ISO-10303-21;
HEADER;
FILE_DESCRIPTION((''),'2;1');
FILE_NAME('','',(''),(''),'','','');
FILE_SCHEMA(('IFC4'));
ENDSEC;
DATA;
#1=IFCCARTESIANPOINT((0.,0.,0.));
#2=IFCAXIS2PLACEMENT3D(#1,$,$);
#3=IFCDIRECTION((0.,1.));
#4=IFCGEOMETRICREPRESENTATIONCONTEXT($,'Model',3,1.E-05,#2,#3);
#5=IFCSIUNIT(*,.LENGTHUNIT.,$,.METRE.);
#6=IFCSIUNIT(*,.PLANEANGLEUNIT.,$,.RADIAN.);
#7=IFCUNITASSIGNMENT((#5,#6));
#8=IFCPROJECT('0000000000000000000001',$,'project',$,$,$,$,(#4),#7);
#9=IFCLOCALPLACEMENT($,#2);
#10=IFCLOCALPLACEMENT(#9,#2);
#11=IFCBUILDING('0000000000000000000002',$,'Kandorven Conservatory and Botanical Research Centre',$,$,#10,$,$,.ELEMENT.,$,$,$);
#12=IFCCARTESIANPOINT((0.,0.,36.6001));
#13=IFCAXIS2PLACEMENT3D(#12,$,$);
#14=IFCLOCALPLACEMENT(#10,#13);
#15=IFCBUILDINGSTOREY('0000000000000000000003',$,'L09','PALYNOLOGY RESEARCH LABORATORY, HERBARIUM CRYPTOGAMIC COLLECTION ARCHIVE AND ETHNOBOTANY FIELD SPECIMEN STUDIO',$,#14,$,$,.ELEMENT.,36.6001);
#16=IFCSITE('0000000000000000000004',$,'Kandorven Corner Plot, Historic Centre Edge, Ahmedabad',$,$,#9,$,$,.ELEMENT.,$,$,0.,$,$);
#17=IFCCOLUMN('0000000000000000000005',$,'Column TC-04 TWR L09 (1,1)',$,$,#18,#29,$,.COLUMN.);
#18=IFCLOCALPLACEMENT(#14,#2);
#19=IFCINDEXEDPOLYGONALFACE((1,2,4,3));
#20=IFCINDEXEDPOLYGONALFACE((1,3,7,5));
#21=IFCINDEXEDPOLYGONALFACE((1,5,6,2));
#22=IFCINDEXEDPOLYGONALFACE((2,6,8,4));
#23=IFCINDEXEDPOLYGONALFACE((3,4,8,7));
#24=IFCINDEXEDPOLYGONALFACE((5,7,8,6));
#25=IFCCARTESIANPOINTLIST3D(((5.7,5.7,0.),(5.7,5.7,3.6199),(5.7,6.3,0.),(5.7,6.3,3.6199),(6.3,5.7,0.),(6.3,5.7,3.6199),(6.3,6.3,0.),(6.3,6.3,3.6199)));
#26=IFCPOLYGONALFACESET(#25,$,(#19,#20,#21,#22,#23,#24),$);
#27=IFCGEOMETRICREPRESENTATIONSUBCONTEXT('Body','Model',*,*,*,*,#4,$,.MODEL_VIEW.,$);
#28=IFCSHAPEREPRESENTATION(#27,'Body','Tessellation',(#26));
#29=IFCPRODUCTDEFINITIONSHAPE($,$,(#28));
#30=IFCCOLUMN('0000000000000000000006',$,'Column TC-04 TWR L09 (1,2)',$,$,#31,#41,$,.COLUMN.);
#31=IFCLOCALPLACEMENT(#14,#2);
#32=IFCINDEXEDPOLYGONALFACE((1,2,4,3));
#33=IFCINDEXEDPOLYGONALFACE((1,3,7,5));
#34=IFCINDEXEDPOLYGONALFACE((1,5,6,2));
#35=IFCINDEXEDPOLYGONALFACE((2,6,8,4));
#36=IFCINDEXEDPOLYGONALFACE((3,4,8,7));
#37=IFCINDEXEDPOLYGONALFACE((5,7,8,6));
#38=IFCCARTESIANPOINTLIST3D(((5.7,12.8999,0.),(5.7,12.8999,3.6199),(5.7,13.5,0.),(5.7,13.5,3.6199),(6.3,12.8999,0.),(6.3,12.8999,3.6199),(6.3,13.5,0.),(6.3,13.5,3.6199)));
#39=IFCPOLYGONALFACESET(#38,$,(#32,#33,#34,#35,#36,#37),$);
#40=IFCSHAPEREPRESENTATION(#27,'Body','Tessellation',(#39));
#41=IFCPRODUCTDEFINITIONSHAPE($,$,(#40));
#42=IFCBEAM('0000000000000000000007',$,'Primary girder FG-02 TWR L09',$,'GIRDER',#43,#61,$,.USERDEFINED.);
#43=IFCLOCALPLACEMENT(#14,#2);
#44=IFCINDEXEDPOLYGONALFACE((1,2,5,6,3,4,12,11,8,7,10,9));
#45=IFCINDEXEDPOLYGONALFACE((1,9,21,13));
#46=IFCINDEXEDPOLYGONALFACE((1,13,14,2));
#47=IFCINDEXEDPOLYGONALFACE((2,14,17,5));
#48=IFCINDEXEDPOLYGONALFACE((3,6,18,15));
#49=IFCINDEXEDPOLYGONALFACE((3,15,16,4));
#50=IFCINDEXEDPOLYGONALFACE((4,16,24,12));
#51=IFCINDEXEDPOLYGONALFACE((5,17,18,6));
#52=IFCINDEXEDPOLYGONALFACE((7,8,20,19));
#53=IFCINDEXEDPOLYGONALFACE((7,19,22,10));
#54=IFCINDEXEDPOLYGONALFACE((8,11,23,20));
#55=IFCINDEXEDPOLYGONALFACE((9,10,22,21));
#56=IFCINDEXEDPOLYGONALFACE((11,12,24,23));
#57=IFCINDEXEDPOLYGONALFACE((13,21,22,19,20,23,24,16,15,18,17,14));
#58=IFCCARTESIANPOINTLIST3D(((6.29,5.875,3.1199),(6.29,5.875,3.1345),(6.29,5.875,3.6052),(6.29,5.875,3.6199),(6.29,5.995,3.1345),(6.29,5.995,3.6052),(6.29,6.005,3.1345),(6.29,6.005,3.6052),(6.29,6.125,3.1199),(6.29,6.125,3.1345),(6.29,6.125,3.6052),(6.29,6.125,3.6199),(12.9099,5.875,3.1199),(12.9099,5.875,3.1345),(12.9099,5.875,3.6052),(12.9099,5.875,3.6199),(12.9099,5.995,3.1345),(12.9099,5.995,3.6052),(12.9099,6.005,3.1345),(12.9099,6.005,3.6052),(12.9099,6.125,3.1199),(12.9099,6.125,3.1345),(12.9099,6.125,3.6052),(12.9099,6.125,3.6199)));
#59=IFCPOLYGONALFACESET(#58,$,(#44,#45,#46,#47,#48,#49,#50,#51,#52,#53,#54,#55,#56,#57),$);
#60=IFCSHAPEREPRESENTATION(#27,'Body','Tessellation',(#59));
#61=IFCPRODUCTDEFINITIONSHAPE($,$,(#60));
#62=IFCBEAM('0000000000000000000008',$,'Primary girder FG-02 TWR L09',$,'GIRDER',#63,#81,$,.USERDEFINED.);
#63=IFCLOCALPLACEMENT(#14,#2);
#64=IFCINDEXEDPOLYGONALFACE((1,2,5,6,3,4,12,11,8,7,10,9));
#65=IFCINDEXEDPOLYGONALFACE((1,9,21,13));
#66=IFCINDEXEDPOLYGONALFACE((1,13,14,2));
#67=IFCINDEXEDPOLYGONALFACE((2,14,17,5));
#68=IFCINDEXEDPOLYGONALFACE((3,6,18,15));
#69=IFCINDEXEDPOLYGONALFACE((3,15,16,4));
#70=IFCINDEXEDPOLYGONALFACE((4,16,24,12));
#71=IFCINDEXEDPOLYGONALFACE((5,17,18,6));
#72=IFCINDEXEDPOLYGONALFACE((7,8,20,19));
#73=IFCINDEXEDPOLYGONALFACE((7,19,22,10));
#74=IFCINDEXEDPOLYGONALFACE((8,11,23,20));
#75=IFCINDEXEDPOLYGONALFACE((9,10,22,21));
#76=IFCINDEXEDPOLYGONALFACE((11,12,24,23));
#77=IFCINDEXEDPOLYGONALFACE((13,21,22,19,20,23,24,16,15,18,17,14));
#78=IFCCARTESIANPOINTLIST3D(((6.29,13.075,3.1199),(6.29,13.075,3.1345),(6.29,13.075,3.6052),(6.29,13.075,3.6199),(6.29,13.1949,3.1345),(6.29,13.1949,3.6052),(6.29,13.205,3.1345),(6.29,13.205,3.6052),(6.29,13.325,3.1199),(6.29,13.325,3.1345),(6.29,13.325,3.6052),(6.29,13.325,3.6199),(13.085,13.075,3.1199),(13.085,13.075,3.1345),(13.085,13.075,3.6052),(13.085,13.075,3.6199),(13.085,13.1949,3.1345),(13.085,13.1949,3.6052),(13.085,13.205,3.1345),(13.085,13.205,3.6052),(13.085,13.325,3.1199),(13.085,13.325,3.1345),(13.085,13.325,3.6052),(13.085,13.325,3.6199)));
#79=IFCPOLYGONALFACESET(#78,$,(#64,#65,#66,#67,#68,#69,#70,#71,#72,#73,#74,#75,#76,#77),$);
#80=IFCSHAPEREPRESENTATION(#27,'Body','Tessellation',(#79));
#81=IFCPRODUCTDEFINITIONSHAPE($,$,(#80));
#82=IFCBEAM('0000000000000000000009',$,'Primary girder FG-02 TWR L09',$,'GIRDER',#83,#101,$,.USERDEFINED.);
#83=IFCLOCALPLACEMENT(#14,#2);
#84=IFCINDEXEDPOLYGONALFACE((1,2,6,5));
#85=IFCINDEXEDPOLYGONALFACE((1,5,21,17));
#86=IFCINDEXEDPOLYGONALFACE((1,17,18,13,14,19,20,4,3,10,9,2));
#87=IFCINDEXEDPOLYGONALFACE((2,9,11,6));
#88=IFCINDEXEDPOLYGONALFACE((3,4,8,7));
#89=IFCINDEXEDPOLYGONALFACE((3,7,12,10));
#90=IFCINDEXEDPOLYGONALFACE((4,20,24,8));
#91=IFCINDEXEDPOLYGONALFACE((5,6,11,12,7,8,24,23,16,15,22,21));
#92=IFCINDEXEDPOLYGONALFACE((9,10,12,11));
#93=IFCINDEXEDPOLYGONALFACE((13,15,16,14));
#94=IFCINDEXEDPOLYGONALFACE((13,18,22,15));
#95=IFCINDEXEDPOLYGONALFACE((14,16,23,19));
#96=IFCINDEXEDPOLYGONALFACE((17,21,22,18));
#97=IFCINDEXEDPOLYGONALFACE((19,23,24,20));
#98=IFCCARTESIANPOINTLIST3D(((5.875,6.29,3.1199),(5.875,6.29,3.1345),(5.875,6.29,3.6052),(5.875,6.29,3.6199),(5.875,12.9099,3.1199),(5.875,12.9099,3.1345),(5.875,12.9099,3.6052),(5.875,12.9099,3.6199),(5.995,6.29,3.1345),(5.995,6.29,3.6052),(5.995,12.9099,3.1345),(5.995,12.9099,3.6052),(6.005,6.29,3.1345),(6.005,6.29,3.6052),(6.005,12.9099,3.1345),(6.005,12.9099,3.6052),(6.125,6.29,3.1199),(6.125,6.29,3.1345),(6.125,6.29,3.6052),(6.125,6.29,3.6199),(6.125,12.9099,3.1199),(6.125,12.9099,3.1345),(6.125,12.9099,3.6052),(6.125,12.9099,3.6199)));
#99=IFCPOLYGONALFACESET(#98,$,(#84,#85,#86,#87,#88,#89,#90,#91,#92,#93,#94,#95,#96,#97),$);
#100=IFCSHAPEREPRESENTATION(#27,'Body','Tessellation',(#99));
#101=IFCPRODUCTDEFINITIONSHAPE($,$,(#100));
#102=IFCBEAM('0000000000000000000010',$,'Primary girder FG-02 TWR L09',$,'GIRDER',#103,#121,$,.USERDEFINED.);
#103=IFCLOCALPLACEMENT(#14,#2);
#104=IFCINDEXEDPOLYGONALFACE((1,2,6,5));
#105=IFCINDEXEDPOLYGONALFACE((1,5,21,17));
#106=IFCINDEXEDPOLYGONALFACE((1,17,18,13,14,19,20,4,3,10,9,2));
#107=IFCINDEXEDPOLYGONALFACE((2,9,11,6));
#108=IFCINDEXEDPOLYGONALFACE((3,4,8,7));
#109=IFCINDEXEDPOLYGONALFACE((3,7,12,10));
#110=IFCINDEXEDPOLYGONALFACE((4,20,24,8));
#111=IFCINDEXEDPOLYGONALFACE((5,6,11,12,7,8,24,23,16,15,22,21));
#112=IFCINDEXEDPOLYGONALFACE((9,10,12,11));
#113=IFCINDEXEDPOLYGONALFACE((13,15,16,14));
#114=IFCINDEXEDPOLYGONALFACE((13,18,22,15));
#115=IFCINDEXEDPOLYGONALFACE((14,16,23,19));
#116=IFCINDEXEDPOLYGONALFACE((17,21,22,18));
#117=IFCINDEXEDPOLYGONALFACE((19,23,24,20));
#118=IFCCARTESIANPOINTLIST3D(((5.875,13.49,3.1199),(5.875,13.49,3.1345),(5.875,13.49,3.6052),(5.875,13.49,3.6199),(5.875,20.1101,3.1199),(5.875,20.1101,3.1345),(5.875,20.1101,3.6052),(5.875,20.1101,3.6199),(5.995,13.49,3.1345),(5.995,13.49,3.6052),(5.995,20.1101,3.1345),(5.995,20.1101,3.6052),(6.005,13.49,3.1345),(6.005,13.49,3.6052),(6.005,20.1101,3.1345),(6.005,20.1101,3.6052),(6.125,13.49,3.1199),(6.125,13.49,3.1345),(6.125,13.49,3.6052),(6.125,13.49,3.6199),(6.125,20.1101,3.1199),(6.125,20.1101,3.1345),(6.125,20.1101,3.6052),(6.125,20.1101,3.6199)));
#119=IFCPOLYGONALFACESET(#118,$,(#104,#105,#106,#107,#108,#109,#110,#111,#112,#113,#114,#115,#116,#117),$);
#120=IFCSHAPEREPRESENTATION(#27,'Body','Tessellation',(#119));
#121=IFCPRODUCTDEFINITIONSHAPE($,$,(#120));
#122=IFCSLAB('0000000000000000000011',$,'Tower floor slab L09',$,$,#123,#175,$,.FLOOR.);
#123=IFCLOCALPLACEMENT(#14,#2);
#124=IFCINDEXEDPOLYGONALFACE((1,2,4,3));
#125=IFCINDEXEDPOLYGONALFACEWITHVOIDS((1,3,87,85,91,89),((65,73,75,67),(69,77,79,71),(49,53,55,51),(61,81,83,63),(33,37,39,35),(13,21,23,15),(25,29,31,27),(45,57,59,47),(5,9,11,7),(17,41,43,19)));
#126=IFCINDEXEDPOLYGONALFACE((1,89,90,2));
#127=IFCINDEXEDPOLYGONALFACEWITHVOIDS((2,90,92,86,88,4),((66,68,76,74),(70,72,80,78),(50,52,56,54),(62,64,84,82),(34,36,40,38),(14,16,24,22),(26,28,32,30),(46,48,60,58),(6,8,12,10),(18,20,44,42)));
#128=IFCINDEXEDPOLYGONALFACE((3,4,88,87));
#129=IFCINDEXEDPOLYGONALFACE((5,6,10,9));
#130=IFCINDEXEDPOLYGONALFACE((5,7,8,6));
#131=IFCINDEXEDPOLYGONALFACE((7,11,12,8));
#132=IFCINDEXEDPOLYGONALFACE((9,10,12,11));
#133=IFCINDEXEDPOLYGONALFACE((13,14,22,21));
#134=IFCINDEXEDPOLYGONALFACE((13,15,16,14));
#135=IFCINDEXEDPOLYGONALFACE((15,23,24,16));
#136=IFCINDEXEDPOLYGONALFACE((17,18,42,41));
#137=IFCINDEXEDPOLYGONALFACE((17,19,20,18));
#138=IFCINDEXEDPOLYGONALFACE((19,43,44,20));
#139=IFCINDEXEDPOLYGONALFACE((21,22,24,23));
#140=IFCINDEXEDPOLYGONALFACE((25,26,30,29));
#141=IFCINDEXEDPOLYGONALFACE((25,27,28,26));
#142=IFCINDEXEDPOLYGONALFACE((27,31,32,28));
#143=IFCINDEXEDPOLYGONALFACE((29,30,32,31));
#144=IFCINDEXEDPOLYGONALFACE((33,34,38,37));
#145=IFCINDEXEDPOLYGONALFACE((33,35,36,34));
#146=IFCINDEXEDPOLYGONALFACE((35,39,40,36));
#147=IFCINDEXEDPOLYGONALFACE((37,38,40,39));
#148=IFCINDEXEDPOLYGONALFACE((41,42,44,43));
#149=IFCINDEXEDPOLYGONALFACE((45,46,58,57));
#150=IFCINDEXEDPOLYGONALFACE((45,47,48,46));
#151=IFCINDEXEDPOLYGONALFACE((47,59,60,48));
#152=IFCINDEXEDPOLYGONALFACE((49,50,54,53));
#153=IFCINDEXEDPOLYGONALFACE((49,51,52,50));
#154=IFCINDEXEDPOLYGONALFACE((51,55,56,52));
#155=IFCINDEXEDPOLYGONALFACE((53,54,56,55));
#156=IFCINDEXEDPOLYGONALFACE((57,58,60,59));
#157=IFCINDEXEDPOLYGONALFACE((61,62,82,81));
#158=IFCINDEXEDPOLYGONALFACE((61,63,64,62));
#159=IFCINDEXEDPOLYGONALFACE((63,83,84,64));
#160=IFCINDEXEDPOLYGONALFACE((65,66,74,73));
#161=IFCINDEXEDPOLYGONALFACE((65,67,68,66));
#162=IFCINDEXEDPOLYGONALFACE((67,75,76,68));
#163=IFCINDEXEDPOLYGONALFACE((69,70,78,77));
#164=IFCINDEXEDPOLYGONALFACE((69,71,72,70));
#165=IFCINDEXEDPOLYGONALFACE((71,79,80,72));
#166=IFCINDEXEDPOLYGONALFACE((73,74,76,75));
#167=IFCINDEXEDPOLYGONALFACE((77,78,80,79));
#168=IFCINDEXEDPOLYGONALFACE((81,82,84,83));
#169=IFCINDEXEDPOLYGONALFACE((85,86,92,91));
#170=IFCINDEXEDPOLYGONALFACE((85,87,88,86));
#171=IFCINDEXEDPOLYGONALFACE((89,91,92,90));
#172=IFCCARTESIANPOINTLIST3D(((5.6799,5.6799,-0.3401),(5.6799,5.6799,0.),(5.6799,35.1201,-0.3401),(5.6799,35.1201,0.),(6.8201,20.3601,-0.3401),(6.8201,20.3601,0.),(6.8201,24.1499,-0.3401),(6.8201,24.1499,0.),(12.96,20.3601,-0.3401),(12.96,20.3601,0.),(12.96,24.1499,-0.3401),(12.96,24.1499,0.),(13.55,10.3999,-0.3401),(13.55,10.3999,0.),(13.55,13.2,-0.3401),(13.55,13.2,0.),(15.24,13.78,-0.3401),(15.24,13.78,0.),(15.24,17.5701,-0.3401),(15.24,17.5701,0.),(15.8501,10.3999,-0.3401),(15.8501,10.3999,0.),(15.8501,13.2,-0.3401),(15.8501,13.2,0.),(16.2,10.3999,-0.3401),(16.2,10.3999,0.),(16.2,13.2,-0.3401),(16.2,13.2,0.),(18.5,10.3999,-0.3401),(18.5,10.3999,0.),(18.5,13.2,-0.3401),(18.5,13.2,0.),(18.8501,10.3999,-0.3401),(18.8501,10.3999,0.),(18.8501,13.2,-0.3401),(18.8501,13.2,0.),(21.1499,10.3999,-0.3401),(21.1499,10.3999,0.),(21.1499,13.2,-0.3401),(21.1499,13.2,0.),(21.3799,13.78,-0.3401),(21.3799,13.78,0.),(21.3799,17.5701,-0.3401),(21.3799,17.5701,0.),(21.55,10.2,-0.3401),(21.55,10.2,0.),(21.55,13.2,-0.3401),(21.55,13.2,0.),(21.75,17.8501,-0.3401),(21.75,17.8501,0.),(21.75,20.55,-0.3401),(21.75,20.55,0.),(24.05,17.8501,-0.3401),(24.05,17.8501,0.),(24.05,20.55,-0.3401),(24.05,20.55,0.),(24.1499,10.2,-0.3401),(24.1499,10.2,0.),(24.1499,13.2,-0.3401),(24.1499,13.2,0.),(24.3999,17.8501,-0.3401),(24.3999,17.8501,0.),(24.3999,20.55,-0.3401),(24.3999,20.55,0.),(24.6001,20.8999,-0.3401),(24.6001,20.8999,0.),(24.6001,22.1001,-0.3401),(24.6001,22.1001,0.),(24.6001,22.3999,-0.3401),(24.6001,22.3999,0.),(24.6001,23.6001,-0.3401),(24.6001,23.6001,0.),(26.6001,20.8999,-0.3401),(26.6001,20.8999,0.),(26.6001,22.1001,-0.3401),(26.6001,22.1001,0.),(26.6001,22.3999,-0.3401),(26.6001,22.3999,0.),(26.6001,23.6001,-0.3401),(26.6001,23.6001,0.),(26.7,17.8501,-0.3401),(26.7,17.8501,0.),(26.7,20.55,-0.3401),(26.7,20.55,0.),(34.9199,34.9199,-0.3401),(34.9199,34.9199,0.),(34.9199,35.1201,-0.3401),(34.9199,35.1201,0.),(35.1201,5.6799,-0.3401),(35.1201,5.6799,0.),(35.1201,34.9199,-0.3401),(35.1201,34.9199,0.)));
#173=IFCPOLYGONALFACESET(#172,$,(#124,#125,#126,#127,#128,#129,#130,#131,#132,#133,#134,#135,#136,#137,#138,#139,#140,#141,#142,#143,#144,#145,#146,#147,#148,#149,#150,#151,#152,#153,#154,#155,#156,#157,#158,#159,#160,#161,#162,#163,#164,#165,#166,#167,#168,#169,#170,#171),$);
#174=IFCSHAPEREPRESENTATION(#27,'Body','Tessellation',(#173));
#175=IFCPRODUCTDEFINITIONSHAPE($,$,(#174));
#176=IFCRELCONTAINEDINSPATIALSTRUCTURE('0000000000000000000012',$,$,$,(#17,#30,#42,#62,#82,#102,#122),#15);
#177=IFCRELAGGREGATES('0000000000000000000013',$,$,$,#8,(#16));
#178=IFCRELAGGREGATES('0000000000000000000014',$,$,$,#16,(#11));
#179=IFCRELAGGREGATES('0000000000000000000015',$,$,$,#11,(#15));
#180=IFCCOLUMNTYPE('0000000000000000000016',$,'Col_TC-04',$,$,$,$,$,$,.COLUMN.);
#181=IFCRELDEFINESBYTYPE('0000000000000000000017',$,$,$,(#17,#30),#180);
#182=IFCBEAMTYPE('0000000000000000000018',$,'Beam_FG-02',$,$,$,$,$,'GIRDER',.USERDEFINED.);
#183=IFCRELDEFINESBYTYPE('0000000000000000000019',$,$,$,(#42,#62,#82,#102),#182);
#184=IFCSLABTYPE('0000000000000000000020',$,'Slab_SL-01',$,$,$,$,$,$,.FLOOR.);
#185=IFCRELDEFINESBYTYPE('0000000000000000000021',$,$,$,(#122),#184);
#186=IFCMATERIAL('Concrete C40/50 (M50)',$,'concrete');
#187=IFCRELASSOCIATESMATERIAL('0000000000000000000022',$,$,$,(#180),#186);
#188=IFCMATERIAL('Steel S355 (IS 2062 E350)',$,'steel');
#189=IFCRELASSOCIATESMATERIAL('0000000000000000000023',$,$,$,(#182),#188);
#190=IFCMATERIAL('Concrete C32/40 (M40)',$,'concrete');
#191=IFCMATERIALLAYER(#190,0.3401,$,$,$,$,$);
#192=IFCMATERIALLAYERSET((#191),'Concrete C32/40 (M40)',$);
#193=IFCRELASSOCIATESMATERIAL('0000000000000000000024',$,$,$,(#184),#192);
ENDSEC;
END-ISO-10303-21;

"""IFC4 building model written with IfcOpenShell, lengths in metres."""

from ifc_helpers import new_model, si_unit, direction, frame, origin, origin_2d, place, context, subcontext, project, spatial, polyline, rectangle, i_section, outline, extrude, material, layer, layer_set, material_profile, profile_set, type_object, element, save


model = new_model("IFC4")

# Units and contexts
model_context = context("Model", 3, precision=1e-05, world=origin(), true_north=direction((0.0, 1.0)))
body_context = subcontext(model_context, "Body", "Model", "MODEL_VIEW")
ifc_project = project(units=[si_unit("LENGTHUNIT", "METRE"), si_unit("PLANEANGLEUNIT", "RADIAN")], contexts=[model_context])

# Site, building, storey
site_placement = place(None, origin())
site = spatial("IfcSite", under=ifc_project, at=site_placement, Name="Kandorven Corner Plot, Historic Centre Edge, Ahmedabad", CompositionType="ELEMENT", RefElevation=0.0)
building_placement = place(site_placement, origin())
building = spatial("IfcBuilding", under=site, at=building_placement, Name="Kandorven Conservatory and Botanical Research Centre", CompositionType="ELEMENT")
storey_placement = place(building_placement, frame((0.0, 0.0, 36.6001)))
storey = spatial("IfcBuildingStorey", under=building, at=storey_placement, Name="L09", Description="PALYNOLOGY RESEARCH LABORATORY, HERBARIUM CRYPTOGAMIC COLLECTION ARCHIVE AND ETHNOBOTANY FIELD SPECIMEN STUDIO", CompositionType="ELEMENT", Elevation=36.6001)

# Columns
ifc_material_1 = material(Name="Concrete C40/50 (M50)", Category="concrete")
ifc_material_profile_1 = material_profile(ifc_material_1, rectangle(XDim=0.6001, YDim=0.6001, at=origin_2d()))
ifc_profile_set_1 = profile_set([ifc_material_profile_1], Name="Concrete C40/50 (M50)")
column_type = type_object("IfcColumnType", Name="Col_TC-04", PredefinedType="COLUMN", material=ifc_profile_set_1)
for number, where, z_axis, x_axis, name in (
    (1, (6.0, 6.0, 0.0), (0.0, 0.0, 1.0), (1.0, 0.0, 0.0), "Column TC-04 TWR L09 (1,1)"),
    (2, (6.0, 13.2, 0.0), (0.0, 0.0, 1.0), (1.0, 0.0, 0.0), "Column TC-04 TWR L09 (1,2)"),
):
    element("IfcColumn", number, at=place(storey_placement, frame(where, z_axis=z_axis, x_axis=x_axis)), inside=storey, type_object=column_type, Name=name, PredefinedType="COLUMN", context=body_context, shape_type="SweptSolid", body=[
        extrude(rectangle(XDim=0.6001, YDim=0.6001, at=origin_2d()), origin(), (0.0, 0.0, 1.0), 3.6199),
    ])

# Beams
ifc_material_2 = material(Name="Steel S355 (IS 2062 E350)", Category="steel")
ifc_material_profile_2 = material_profile(ifc_material_2, i_section(OverallWidth=0.25, OverallDepth=0.5, WebThickness=0.01, FlangeThickness=0.0146, at=origin_2d()))
ifc_profile_set_2 = profile_set([ifc_material_profile_2], Name="Steel S355 (IS 2062 E350)")
beam_type = type_object("IfcBeamType", Name="Beam_FG-02", ElementType="GIRDER", PredefinedType="USERDEFINED", material=ifc_profile_set_2)
beam_1_placement = place(storey_placement, frame((6.29, 6.0, 3.3699), z_axis=(1.0, 0.0, 0.0), x_axis=(0.0, 1.0, 0.0)))
element("IfcBeam", 3, at=beam_1_placement, inside=storey, type_object=beam_type, Name="Primary girder FG-02 TWR L09", ObjectType="GIRDER", PredefinedType="USERDEFINED", context=body_context, shape_type="SweptSolid", body=[
    extrude(i_section(OverallWidth=0.25, OverallDepth=0.5, WebThickness=0.01, FlangeThickness=0.0146, at=origin_2d()), origin(), (0.0, 0.0, 1.0), 6.6199),
])
beam_2_placement = place(storey_placement, frame((6.29, 13.2, 3.3699), z_axis=(1.0, 0.0, 0.0), x_axis=(0.0, 1.0, 0.0)))
element("IfcBeam", 4, at=beam_2_placement, inside=storey, type_object=beam_type, Name="Primary girder FG-02 TWR L09", ObjectType="GIRDER", PredefinedType="USERDEFINED", context=body_context, shape_type="SweptSolid", body=[
    extrude(i_section(OverallWidth=0.25, OverallDepth=0.5, WebThickness=0.01, FlangeThickness=0.0146, at=origin_2d()), origin(), (0.0, 0.0, 1.0), 6.7949),
])
beam_3_placement = place(storey_placement, frame((6.0, 6.29, 3.3699), z_axis=(0.0, 1.0, 0.0), x_axis=(-1.0, 0.0, 0.0)))
element("IfcBeam", 5, at=beam_3_placement, inside=storey, type_object=beam_type, Name="Primary girder FG-02 TWR L09", ObjectType="GIRDER", PredefinedType="USERDEFINED", context=body_context, shape_type="SweptSolid", body=[
    extrude(i_section(OverallWidth=0.25, OverallDepth=0.5, WebThickness=0.01, FlangeThickness=0.0146, at=origin_2d()), origin(), (0.0, 0.0, 1.0), 6.6199),
])
beam_4_placement = place(storey_placement, frame((6.0, 13.49, 3.3699), z_axis=(0.0, 1.0, 0.0), x_axis=(-1.0, 0.0, 0.0)))
element("IfcBeam", 6, at=beam_4_placement, inside=storey, type_object=beam_type, Name="Primary girder FG-02 TWR L09", ObjectType="GIRDER", PredefinedType="USERDEFINED", context=body_context, shape_type="SweptSolid", body=[
    extrude(i_section(OverallWidth=0.25, OverallDepth=0.5, WebThickness=0.01, FlangeThickness=0.0146, at=origin_2d()), origin(), (0.0, 0.0, 1.0), 6.6201),
])

# Slab
ifc_material_3 = material(Name="Concrete C32/40 (M40)", Category="concrete")
ifc_layer_1 = layer(ifc_material_3, 0.3401)
ifc_layer_set_1 = layer_set([ifc_layer_1], Name="Concrete C32/40 (M40)")
slab_type_1 = type_object("IfcSlabType", Name="Slab_SL-01", PredefinedType="FLOOR", material=ifc_layer_set_1)
slab_1_placement = place(storey_placement, frame((0.0, 0.0, -0.3401)))
element("IfcSlab", 7, at=slab_1_placement, inside=storey, type_object=slab_type_1, Name="Tower floor slab L09", PredefinedType="FLOOR", context=body_context, shape_type="SweptSolid", body=[
    extrude(outline(polyline([(5.6799, 5.6799), (35.1201, 5.6799), (35.1201, 34.9199), (34.9199, 34.9199), (34.9199, 35.1201), (5.6799, 35.1201), (5.6799, 5.6799)]), holes=[polyline([(15.24, 13.78), (21.3799, 13.78), (21.3799, 17.5701), (15.24, 17.5701), (15.24, 13.78)]), polyline([(12.96, 24.1499), (6.8201, 24.1499), (6.8201, 20.3601), (12.96, 20.3601), (12.96, 24.1499)]), polyline([(21.75, 17.8501), (24.05, 17.8501), (24.05, 20.55), (21.75, 20.55), (21.75, 17.8501)]), polyline([(24.3999, 17.8501), (26.7, 17.8501), (26.7, 20.55), (24.3999, 20.55), (24.3999, 17.8501)]), polyline([(13.55, 10.3999), (15.8501, 10.3999), (15.8501, 13.2), (13.55, 13.2), (13.55, 10.3999)]), polyline([(16.2, 10.3999), (18.5, 10.3999), (18.5, 13.2), (16.2, 13.2), (16.2, 10.3999)]), polyline([(18.8501, 10.3999), (21.1499, 10.3999), (21.1499, 13.2), (18.8501, 13.2), (18.8501, 10.3999)]), polyline([(21.55, 10.2), (24.1499, 10.2), (24.1499, 13.2), (21.55, 13.2), (21.55, 10.2)]), polyline([(24.6001, 20.8999), (26.6001, 20.8999), (26.6001, 22.1001), (24.6001, 22.1001), (24.6001, 20.8999)]), polyline([(24.6001, 22.3999), (26.6001, 22.3999), (26.6001, 23.6001), (24.6001, 23.6001), (24.6001, 22.3999)])]), origin(), (0.0, 0.0, 1.0), 0.3401),
])

save(model, "model.ifc")
